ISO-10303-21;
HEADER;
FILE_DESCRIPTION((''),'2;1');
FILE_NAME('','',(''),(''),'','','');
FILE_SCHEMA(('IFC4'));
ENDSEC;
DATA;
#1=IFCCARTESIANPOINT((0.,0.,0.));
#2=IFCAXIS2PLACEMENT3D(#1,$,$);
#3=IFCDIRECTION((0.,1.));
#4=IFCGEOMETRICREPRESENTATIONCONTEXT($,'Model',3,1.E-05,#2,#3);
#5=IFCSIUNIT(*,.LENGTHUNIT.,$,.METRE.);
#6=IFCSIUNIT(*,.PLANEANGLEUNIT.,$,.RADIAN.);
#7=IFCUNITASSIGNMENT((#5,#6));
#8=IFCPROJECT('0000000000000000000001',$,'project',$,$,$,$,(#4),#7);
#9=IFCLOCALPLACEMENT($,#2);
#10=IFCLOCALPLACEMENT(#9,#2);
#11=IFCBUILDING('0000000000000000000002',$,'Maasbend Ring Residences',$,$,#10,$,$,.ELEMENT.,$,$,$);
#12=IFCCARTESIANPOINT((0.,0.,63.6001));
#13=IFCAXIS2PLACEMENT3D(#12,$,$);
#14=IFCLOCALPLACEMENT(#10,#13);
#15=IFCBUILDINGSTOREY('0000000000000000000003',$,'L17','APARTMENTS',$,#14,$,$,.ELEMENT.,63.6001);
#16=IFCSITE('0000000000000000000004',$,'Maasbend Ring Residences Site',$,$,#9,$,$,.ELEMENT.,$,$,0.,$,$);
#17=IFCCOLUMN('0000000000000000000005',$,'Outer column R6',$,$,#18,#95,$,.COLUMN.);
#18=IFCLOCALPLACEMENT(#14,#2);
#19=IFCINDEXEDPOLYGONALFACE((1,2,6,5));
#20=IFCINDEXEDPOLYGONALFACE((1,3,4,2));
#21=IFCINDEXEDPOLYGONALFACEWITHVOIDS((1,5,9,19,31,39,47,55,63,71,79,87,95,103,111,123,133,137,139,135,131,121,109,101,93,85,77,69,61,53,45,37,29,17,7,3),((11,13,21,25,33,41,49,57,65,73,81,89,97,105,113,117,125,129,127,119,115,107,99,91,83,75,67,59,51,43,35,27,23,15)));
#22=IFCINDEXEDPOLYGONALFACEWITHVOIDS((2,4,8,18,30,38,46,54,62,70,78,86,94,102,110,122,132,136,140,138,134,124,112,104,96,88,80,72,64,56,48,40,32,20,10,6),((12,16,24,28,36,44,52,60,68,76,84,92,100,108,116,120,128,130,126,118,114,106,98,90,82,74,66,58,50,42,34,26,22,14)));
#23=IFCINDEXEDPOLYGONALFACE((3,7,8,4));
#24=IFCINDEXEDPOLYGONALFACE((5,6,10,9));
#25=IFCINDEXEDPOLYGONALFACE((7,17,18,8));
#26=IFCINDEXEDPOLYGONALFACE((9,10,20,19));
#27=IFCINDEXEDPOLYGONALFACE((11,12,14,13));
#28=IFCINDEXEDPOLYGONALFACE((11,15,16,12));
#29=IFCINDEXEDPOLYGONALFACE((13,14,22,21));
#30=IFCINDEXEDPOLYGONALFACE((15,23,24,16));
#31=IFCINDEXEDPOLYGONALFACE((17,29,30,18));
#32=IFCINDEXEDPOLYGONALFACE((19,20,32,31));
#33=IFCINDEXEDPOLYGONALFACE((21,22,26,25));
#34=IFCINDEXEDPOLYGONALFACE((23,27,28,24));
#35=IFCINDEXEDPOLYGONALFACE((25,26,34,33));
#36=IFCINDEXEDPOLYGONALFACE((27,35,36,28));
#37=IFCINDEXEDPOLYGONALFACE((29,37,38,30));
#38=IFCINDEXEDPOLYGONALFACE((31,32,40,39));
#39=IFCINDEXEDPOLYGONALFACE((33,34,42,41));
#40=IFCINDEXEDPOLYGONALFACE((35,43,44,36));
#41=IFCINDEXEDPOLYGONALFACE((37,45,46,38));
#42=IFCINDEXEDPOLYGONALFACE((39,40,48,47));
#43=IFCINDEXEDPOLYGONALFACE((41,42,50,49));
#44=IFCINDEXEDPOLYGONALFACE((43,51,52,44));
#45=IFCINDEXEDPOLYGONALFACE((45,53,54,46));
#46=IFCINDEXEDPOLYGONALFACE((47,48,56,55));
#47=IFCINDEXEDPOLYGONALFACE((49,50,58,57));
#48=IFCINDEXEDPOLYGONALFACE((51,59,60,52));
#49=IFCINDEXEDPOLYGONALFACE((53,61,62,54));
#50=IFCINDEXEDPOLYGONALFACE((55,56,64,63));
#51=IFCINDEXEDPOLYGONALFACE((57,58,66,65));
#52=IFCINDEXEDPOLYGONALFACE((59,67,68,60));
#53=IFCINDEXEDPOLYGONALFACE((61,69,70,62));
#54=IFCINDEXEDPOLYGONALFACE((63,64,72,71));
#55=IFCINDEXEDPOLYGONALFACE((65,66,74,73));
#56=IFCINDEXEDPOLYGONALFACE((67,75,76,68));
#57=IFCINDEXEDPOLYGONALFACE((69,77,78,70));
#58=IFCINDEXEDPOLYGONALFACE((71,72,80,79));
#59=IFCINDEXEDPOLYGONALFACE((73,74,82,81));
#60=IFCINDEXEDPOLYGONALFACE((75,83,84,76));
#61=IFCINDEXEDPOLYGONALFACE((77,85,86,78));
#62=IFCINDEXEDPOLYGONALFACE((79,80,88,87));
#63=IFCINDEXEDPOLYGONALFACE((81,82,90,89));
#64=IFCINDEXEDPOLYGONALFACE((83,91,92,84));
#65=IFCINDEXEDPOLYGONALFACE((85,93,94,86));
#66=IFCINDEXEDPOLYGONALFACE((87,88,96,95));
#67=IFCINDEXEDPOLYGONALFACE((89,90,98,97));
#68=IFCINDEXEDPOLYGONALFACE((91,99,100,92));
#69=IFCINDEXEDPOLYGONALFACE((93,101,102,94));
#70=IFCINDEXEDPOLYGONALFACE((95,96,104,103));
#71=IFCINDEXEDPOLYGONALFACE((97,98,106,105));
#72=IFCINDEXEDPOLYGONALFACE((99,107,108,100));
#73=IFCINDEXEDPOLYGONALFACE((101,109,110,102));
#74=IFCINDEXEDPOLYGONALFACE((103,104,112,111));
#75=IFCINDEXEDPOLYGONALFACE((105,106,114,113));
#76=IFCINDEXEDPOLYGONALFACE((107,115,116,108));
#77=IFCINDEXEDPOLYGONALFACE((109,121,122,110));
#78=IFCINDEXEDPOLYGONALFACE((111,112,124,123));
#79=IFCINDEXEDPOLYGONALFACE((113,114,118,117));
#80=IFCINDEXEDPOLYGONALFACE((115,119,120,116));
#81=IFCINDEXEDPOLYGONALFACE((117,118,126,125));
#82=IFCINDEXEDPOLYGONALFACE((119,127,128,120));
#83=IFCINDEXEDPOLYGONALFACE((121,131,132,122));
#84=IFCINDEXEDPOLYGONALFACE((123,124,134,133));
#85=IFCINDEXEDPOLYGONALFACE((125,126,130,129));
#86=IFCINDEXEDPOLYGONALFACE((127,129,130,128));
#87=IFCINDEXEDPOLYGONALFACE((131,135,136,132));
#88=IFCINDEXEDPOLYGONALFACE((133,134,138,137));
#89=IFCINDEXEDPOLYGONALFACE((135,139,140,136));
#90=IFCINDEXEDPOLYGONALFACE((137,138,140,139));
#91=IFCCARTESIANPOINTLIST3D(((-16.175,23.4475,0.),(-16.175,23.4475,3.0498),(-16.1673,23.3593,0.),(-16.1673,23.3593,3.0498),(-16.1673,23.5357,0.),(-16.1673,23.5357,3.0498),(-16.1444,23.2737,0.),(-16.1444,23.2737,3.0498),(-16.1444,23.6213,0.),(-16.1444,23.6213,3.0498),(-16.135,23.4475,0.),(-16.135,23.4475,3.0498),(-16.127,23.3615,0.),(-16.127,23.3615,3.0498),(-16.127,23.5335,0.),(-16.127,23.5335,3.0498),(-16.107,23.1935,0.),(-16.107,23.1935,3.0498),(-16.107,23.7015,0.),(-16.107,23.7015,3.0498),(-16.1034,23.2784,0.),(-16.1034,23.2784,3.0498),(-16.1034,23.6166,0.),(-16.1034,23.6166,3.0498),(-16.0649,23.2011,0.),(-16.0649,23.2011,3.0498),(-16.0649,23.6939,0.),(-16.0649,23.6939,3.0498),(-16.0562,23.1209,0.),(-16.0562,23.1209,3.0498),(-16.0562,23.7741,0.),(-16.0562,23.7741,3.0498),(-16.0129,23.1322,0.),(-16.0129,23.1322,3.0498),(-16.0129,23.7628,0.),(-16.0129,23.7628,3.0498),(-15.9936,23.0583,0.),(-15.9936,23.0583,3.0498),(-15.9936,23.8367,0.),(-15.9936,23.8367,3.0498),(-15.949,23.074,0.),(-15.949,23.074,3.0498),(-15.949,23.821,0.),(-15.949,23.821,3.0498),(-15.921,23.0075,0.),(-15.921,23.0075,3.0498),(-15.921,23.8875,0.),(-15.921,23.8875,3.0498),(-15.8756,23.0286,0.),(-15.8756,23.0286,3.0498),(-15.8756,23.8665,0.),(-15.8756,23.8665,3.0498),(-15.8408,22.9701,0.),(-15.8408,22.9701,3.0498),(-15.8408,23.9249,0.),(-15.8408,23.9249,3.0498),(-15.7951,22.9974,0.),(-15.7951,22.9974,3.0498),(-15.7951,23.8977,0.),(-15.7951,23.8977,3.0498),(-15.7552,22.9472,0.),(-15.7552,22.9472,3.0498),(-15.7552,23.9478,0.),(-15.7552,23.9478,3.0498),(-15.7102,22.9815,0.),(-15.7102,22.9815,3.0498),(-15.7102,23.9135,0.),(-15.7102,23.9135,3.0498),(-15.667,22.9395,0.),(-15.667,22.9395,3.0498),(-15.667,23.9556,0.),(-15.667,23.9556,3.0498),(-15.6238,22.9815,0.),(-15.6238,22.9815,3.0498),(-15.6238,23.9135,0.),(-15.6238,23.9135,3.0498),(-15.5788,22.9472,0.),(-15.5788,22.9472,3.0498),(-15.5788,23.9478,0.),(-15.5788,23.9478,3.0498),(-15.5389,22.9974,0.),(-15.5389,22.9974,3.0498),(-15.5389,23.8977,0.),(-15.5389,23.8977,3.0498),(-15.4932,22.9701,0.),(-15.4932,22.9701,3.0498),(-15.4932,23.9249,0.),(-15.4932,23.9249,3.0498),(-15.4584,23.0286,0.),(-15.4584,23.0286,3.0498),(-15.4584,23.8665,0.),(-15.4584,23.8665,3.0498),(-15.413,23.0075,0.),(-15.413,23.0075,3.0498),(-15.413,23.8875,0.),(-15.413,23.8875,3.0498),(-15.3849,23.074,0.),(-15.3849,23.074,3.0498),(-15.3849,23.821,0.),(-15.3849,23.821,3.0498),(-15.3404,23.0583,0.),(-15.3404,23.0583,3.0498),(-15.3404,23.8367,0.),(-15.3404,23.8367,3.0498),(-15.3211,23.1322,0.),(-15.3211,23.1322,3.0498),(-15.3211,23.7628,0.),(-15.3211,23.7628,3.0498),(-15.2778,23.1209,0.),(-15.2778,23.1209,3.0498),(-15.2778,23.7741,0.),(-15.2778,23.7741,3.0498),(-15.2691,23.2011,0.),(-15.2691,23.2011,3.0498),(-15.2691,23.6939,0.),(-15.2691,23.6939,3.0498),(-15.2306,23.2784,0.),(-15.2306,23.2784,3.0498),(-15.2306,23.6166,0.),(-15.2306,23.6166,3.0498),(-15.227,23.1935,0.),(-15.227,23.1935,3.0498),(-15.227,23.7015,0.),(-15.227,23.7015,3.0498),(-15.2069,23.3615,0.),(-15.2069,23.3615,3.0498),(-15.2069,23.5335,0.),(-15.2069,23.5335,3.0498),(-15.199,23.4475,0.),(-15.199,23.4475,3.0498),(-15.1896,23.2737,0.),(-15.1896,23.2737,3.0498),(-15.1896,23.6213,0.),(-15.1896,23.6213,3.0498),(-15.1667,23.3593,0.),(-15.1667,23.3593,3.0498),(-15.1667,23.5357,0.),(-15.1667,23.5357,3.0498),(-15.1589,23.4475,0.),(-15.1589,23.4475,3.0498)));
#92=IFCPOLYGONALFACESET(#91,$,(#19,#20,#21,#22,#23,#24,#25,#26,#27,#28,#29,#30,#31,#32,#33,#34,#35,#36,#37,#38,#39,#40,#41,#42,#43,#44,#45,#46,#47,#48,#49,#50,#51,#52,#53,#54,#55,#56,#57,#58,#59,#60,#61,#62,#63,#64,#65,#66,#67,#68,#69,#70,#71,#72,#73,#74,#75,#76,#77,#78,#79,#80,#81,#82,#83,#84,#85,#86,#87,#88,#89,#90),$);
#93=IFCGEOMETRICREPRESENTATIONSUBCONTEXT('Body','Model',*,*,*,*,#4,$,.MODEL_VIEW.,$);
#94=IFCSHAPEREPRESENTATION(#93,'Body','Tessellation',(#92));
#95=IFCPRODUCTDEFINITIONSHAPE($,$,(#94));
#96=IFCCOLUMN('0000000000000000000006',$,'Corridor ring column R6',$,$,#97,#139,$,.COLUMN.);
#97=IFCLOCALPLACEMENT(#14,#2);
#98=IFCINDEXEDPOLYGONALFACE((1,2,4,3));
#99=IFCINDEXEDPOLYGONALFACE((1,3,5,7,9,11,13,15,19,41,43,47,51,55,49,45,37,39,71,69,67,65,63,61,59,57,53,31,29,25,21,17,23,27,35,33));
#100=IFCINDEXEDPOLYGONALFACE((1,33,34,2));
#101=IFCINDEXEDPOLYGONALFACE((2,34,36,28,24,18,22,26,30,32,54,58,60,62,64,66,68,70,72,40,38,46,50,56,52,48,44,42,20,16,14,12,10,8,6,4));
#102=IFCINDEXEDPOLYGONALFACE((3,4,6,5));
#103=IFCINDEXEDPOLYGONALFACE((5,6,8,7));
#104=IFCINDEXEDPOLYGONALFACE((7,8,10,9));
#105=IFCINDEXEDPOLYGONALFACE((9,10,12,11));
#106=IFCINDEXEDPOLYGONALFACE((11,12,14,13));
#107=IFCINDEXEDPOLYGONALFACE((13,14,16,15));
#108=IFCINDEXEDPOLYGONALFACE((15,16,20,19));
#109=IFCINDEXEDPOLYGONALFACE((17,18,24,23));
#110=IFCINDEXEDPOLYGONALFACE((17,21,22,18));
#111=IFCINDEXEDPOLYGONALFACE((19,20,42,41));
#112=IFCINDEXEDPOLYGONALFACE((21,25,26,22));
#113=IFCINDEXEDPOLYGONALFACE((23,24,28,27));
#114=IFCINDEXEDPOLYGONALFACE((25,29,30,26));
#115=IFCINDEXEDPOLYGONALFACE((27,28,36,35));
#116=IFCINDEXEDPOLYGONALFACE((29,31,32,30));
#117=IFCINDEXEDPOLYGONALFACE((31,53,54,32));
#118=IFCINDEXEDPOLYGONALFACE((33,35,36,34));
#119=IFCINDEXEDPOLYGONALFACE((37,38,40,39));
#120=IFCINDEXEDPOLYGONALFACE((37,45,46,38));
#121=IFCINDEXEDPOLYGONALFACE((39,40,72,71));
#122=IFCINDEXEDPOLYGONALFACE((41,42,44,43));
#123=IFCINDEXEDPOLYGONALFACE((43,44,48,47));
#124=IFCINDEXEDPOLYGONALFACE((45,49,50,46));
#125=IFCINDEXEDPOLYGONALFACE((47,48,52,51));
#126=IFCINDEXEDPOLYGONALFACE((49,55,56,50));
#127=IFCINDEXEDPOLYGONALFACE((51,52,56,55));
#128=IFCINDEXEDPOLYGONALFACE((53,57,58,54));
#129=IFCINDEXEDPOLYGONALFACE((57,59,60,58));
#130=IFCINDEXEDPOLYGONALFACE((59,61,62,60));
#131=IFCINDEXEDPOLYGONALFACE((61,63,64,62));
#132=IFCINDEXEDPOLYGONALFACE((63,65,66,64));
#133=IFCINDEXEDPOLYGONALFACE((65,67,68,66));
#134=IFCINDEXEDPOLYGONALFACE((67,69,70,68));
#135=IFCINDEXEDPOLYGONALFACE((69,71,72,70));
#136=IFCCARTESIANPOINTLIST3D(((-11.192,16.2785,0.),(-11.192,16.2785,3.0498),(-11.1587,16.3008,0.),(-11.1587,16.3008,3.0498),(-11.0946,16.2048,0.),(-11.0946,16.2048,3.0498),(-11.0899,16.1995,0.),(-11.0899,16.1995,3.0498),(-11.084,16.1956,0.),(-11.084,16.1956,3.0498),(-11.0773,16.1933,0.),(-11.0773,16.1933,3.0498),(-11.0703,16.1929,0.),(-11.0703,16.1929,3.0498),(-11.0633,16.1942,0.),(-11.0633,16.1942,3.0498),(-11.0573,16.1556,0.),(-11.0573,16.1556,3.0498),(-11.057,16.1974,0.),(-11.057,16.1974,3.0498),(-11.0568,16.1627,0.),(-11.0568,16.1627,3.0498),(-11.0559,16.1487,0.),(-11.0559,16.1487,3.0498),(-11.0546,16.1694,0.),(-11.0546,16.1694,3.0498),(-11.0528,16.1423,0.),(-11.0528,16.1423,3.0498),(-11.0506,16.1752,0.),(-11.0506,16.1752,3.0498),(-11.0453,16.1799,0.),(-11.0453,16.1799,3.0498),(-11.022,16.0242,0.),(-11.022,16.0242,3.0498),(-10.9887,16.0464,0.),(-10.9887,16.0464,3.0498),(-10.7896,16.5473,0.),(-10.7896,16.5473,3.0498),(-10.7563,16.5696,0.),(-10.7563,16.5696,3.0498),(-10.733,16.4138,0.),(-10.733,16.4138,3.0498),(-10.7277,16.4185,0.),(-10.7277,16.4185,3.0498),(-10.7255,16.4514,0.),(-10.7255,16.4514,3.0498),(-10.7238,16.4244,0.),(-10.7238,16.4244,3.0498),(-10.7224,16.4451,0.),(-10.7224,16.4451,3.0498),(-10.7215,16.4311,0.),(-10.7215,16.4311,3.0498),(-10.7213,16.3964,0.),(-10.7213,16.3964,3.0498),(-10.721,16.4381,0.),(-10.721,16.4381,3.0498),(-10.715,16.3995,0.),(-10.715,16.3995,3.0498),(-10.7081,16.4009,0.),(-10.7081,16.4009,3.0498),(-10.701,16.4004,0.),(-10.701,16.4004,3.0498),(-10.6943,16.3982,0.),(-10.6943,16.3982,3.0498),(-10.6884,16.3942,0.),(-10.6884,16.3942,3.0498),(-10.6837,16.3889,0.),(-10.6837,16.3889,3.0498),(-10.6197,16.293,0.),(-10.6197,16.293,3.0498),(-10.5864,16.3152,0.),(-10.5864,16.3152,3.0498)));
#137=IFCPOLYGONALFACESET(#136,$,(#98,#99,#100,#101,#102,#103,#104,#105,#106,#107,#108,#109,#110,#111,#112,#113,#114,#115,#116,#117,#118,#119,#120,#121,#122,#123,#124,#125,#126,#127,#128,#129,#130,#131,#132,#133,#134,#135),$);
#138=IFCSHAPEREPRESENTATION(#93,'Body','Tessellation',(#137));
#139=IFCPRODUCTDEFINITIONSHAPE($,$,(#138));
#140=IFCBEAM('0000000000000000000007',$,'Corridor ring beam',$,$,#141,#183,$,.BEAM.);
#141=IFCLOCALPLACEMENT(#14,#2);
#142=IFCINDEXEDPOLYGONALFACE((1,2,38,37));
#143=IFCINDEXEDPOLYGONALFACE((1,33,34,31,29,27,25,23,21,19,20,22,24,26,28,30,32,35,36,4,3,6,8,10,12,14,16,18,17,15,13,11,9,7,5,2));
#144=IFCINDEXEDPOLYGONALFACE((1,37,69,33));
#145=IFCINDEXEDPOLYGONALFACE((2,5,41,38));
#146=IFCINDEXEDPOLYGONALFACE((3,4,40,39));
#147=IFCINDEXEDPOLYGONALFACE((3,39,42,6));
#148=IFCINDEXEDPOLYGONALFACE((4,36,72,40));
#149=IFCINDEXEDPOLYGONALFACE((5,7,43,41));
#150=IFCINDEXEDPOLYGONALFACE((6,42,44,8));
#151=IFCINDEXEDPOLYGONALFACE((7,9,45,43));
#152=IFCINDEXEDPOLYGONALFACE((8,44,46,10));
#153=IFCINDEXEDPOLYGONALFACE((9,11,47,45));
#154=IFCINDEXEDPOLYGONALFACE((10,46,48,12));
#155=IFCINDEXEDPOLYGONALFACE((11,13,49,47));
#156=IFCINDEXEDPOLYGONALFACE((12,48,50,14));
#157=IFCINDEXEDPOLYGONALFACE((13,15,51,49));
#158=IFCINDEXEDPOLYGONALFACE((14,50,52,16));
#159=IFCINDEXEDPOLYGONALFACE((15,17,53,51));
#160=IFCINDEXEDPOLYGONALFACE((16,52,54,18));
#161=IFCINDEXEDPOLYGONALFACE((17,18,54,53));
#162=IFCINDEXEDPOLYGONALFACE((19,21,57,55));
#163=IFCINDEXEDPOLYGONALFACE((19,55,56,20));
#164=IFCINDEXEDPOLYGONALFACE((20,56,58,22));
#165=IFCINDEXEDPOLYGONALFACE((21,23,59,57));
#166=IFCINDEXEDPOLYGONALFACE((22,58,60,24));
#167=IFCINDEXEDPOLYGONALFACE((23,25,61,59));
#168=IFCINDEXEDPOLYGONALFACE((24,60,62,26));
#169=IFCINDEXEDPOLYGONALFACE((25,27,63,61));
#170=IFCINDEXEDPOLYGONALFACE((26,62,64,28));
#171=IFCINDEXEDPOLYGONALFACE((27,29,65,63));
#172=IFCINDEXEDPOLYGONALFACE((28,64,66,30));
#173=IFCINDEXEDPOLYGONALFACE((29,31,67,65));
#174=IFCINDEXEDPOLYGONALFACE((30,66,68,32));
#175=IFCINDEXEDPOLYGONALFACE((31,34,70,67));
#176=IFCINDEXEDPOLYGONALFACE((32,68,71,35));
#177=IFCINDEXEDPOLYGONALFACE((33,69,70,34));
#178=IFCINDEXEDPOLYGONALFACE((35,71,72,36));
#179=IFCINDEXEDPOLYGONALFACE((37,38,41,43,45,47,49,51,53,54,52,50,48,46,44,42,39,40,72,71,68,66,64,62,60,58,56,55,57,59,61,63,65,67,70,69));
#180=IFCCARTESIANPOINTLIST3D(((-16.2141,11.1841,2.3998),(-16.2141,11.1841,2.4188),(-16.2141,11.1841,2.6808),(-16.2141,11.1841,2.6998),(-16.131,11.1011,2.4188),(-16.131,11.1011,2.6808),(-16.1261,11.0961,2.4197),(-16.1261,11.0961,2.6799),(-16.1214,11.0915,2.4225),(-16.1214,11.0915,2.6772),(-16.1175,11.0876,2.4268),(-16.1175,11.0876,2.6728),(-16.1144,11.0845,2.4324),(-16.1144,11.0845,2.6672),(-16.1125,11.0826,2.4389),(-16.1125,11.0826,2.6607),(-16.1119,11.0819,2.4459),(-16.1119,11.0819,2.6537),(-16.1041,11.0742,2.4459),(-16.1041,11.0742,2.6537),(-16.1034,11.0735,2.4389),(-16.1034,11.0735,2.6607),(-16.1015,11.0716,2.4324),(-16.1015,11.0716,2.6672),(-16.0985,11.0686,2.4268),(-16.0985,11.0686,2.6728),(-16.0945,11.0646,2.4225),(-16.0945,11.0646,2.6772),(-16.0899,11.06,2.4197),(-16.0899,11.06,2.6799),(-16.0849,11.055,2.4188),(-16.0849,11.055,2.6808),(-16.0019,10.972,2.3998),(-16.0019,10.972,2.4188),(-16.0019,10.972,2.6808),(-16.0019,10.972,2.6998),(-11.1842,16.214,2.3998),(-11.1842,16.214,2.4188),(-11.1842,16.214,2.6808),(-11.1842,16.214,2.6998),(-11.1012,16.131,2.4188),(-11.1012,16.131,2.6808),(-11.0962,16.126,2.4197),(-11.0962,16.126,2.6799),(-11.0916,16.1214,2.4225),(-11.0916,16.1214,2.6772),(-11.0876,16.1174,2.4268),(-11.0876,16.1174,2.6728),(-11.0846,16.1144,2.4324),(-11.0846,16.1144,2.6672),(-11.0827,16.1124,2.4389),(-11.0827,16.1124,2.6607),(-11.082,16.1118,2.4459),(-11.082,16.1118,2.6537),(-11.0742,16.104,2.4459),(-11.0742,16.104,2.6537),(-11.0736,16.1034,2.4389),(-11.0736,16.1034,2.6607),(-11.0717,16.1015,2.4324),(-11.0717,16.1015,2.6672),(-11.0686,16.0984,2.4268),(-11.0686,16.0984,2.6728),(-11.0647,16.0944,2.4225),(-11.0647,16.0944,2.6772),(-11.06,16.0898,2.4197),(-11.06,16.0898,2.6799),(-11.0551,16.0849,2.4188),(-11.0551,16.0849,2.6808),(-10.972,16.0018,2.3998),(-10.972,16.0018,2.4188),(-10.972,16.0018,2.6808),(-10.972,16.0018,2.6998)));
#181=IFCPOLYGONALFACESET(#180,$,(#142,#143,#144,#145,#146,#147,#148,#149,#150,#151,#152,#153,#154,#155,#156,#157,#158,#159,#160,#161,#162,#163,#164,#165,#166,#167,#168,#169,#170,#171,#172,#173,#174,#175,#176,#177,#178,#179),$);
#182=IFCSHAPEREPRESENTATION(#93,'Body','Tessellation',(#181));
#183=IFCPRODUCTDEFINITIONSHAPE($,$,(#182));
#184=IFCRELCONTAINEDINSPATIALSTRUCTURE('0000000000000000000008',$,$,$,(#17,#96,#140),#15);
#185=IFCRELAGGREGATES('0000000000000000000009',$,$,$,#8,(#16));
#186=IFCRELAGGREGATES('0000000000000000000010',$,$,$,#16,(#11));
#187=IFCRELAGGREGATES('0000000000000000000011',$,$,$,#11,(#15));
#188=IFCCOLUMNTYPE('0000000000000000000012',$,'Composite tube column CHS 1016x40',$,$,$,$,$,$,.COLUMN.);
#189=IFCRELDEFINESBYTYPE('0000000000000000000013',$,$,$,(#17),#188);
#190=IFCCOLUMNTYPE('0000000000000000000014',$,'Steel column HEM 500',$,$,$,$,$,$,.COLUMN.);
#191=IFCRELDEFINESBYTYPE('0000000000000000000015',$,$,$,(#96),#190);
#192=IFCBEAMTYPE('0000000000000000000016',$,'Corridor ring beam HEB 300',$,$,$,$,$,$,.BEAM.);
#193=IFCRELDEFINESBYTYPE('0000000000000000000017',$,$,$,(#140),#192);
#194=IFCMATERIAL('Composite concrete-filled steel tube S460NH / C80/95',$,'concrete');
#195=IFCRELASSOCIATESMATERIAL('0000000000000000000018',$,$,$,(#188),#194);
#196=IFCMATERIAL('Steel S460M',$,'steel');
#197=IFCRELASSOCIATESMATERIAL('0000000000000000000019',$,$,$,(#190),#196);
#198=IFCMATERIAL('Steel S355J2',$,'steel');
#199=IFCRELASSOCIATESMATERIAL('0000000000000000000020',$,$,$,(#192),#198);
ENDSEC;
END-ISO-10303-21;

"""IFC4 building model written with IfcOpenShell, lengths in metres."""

from ifc_helpers import new_model, si_unit, direction, frame, origin, origin_2d, place, context, subcontext, project, spatial, hollow_circle, i_section, extrude, material, material_profile, profile_set, type_object, element, save


model = new_model("IFC4")

# Units and contexts
model_context = context("Model", 3, precision=1e-05, world=origin(), true_north=direction((0.0, 1.0)))
body_context = subcontext(model_context, "Body", "Model", "MODEL_VIEW")
ifc_project = project(units=[si_unit("LENGTHUNIT", "METRE"), si_unit("PLANEANGLEUNIT", "RADIAN")], contexts=[model_context])

# Site, building, storey
site_placement = place(None, origin())
site = spatial("IfcSite", under=ifc_project, at=site_placement, Name="Maasbend Ring Residences Site", CompositionType="ELEMENT", RefElevation=0.0)
building_placement = place(site_placement, origin())
building = spatial("IfcBuilding", under=site, at=building_placement, Name="Maasbend Ring Residences", CompositionType="ELEMENT")
storey_placement = place(building_placement, frame((0.0, 0.0, 63.6001)))
storey = spatial("IfcBuildingStorey", under=building, at=storey_placement, Name="L17", Description="APARTMENTS", CompositionType="ELEMENT", Elevation=63.6001)

# Columns
ifc_material_1 = material(Name="Composite concrete-filled steel tube S460NH / C80/95", Category="concrete")
ifc_material_profile_1 = material_profile(ifc_material_1, hollow_circle(Radius=0.5081, WallThickness=0.04, at=origin_2d()), Name="Composite tube column CHS 1016x40")
ifc_profile_set_1 = profile_set([ifc_material_profile_1], Name="Composite concrete-filled steel tube S460NH / C80/95")
column_type_1 = type_object("IfcColumnType", Name="Composite tube column CHS 1016x40", PredefinedType="COLUMN", material=ifc_profile_set_1)
column_1_placement = place(storey_placement, frame((-15.667, 23.4475, 0.0), z_axis=(0.0, 0.0, 1.0), x_axis=(1.0, 0.0, 0.0)))
element("IfcColumn", 1, at=column_1_placement, inside=storey, type_object=column_type_1, Name="Outer column R6", PredefinedType="COLUMN", context=body_context, shape_type="SweptSolid", body=[
    extrude(hollow_circle(Radius=0.5081, WallThickness=0.04, at=origin_2d()), origin(), (0.0, 0.0, 1.0), 3.0498),
])
ifc_material_2 = material(Name="Steel S460M", Category="steel")
ifc_material_profile_2 = material_profile(ifc_material_2, i_section(OverallWidth=0.3059, OverallDepth=0.5239, WebThickness=0.021, FlangeThickness=0.04, FilletRadius=0.0271, at=origin_2d()), Name="HEM 500")
ifc_profile_set_2 = profile_set([ifc_material_profile_2], Name="Steel S460M")
column_type_2 = type_object("IfcColumnType", Name="Steel column HEM 500", PredefinedType="COLUMN", material=ifc_profile_set_2)
column_2_placement = place(storey_placement, frame((-10.8892, 16.2969, 0.0), z_axis=(0.0, 0.0, 1.0), x_axis=(-0.55557, 0.83147, 0.0)))
element("IfcColumn", 2, at=column_2_placement, inside=storey, type_object=column_type_2, Name="Corridor ring column R6", PredefinedType="COLUMN", context=body_context, shape_type="SweptSolid", body=[
    extrude(i_section(OverallWidth=0.3059, OverallDepth=0.5239, WebThickness=0.021, FlangeThickness=0.04, FilletRadius=0.0271, at=origin_2d()), origin(), (0.0, 0.0, 1.0), 3.0498),
])

# Beam
ifc_material_3 = material(Name="Steel S355J2", Category="steel")
ifc_material_profile_3 = material_profile(ifc_material_3, i_section(OverallWidth=0.3, OverallDepth=0.3, WebThickness=0.011, FlangeThickness=0.019, FilletRadius=0.0271, at=origin_2d()), Name="HEB 300")
ifc_profile_set_3 = profile_set([ifc_material_profile_3], Name="Steel S355J2")
beam_type_1 = type_object("IfcBeamType", Name="Corridor ring beam HEB 300", PredefinedType="BEAM", material=ifc_profile_set_3)
beam_1_placement = place(storey_placement, frame((-11.0781, 16.1079, 2.5498), z_axis=(-0.707107, -0.707107, 0.0), x_axis=(0.707107, -0.707107, 0.0)))
element("IfcBeam", 3, at=beam_1_placement, inside=storey, type_object=beam_type_1, Name="Corridor ring beam", PredefinedType="BEAM", context=body_context, shape_type="SweptSolid", body=[
    extrude(i_section(OverallWidth=0.3, OverallDepth=0.3, WebThickness=0.011, FlangeThickness=0.019, FilletRadius=0.0271, at=origin_2d()), origin(), (0.0, 0.0, 1.0), 7.1133),
])

save(model, "model.ifc")
